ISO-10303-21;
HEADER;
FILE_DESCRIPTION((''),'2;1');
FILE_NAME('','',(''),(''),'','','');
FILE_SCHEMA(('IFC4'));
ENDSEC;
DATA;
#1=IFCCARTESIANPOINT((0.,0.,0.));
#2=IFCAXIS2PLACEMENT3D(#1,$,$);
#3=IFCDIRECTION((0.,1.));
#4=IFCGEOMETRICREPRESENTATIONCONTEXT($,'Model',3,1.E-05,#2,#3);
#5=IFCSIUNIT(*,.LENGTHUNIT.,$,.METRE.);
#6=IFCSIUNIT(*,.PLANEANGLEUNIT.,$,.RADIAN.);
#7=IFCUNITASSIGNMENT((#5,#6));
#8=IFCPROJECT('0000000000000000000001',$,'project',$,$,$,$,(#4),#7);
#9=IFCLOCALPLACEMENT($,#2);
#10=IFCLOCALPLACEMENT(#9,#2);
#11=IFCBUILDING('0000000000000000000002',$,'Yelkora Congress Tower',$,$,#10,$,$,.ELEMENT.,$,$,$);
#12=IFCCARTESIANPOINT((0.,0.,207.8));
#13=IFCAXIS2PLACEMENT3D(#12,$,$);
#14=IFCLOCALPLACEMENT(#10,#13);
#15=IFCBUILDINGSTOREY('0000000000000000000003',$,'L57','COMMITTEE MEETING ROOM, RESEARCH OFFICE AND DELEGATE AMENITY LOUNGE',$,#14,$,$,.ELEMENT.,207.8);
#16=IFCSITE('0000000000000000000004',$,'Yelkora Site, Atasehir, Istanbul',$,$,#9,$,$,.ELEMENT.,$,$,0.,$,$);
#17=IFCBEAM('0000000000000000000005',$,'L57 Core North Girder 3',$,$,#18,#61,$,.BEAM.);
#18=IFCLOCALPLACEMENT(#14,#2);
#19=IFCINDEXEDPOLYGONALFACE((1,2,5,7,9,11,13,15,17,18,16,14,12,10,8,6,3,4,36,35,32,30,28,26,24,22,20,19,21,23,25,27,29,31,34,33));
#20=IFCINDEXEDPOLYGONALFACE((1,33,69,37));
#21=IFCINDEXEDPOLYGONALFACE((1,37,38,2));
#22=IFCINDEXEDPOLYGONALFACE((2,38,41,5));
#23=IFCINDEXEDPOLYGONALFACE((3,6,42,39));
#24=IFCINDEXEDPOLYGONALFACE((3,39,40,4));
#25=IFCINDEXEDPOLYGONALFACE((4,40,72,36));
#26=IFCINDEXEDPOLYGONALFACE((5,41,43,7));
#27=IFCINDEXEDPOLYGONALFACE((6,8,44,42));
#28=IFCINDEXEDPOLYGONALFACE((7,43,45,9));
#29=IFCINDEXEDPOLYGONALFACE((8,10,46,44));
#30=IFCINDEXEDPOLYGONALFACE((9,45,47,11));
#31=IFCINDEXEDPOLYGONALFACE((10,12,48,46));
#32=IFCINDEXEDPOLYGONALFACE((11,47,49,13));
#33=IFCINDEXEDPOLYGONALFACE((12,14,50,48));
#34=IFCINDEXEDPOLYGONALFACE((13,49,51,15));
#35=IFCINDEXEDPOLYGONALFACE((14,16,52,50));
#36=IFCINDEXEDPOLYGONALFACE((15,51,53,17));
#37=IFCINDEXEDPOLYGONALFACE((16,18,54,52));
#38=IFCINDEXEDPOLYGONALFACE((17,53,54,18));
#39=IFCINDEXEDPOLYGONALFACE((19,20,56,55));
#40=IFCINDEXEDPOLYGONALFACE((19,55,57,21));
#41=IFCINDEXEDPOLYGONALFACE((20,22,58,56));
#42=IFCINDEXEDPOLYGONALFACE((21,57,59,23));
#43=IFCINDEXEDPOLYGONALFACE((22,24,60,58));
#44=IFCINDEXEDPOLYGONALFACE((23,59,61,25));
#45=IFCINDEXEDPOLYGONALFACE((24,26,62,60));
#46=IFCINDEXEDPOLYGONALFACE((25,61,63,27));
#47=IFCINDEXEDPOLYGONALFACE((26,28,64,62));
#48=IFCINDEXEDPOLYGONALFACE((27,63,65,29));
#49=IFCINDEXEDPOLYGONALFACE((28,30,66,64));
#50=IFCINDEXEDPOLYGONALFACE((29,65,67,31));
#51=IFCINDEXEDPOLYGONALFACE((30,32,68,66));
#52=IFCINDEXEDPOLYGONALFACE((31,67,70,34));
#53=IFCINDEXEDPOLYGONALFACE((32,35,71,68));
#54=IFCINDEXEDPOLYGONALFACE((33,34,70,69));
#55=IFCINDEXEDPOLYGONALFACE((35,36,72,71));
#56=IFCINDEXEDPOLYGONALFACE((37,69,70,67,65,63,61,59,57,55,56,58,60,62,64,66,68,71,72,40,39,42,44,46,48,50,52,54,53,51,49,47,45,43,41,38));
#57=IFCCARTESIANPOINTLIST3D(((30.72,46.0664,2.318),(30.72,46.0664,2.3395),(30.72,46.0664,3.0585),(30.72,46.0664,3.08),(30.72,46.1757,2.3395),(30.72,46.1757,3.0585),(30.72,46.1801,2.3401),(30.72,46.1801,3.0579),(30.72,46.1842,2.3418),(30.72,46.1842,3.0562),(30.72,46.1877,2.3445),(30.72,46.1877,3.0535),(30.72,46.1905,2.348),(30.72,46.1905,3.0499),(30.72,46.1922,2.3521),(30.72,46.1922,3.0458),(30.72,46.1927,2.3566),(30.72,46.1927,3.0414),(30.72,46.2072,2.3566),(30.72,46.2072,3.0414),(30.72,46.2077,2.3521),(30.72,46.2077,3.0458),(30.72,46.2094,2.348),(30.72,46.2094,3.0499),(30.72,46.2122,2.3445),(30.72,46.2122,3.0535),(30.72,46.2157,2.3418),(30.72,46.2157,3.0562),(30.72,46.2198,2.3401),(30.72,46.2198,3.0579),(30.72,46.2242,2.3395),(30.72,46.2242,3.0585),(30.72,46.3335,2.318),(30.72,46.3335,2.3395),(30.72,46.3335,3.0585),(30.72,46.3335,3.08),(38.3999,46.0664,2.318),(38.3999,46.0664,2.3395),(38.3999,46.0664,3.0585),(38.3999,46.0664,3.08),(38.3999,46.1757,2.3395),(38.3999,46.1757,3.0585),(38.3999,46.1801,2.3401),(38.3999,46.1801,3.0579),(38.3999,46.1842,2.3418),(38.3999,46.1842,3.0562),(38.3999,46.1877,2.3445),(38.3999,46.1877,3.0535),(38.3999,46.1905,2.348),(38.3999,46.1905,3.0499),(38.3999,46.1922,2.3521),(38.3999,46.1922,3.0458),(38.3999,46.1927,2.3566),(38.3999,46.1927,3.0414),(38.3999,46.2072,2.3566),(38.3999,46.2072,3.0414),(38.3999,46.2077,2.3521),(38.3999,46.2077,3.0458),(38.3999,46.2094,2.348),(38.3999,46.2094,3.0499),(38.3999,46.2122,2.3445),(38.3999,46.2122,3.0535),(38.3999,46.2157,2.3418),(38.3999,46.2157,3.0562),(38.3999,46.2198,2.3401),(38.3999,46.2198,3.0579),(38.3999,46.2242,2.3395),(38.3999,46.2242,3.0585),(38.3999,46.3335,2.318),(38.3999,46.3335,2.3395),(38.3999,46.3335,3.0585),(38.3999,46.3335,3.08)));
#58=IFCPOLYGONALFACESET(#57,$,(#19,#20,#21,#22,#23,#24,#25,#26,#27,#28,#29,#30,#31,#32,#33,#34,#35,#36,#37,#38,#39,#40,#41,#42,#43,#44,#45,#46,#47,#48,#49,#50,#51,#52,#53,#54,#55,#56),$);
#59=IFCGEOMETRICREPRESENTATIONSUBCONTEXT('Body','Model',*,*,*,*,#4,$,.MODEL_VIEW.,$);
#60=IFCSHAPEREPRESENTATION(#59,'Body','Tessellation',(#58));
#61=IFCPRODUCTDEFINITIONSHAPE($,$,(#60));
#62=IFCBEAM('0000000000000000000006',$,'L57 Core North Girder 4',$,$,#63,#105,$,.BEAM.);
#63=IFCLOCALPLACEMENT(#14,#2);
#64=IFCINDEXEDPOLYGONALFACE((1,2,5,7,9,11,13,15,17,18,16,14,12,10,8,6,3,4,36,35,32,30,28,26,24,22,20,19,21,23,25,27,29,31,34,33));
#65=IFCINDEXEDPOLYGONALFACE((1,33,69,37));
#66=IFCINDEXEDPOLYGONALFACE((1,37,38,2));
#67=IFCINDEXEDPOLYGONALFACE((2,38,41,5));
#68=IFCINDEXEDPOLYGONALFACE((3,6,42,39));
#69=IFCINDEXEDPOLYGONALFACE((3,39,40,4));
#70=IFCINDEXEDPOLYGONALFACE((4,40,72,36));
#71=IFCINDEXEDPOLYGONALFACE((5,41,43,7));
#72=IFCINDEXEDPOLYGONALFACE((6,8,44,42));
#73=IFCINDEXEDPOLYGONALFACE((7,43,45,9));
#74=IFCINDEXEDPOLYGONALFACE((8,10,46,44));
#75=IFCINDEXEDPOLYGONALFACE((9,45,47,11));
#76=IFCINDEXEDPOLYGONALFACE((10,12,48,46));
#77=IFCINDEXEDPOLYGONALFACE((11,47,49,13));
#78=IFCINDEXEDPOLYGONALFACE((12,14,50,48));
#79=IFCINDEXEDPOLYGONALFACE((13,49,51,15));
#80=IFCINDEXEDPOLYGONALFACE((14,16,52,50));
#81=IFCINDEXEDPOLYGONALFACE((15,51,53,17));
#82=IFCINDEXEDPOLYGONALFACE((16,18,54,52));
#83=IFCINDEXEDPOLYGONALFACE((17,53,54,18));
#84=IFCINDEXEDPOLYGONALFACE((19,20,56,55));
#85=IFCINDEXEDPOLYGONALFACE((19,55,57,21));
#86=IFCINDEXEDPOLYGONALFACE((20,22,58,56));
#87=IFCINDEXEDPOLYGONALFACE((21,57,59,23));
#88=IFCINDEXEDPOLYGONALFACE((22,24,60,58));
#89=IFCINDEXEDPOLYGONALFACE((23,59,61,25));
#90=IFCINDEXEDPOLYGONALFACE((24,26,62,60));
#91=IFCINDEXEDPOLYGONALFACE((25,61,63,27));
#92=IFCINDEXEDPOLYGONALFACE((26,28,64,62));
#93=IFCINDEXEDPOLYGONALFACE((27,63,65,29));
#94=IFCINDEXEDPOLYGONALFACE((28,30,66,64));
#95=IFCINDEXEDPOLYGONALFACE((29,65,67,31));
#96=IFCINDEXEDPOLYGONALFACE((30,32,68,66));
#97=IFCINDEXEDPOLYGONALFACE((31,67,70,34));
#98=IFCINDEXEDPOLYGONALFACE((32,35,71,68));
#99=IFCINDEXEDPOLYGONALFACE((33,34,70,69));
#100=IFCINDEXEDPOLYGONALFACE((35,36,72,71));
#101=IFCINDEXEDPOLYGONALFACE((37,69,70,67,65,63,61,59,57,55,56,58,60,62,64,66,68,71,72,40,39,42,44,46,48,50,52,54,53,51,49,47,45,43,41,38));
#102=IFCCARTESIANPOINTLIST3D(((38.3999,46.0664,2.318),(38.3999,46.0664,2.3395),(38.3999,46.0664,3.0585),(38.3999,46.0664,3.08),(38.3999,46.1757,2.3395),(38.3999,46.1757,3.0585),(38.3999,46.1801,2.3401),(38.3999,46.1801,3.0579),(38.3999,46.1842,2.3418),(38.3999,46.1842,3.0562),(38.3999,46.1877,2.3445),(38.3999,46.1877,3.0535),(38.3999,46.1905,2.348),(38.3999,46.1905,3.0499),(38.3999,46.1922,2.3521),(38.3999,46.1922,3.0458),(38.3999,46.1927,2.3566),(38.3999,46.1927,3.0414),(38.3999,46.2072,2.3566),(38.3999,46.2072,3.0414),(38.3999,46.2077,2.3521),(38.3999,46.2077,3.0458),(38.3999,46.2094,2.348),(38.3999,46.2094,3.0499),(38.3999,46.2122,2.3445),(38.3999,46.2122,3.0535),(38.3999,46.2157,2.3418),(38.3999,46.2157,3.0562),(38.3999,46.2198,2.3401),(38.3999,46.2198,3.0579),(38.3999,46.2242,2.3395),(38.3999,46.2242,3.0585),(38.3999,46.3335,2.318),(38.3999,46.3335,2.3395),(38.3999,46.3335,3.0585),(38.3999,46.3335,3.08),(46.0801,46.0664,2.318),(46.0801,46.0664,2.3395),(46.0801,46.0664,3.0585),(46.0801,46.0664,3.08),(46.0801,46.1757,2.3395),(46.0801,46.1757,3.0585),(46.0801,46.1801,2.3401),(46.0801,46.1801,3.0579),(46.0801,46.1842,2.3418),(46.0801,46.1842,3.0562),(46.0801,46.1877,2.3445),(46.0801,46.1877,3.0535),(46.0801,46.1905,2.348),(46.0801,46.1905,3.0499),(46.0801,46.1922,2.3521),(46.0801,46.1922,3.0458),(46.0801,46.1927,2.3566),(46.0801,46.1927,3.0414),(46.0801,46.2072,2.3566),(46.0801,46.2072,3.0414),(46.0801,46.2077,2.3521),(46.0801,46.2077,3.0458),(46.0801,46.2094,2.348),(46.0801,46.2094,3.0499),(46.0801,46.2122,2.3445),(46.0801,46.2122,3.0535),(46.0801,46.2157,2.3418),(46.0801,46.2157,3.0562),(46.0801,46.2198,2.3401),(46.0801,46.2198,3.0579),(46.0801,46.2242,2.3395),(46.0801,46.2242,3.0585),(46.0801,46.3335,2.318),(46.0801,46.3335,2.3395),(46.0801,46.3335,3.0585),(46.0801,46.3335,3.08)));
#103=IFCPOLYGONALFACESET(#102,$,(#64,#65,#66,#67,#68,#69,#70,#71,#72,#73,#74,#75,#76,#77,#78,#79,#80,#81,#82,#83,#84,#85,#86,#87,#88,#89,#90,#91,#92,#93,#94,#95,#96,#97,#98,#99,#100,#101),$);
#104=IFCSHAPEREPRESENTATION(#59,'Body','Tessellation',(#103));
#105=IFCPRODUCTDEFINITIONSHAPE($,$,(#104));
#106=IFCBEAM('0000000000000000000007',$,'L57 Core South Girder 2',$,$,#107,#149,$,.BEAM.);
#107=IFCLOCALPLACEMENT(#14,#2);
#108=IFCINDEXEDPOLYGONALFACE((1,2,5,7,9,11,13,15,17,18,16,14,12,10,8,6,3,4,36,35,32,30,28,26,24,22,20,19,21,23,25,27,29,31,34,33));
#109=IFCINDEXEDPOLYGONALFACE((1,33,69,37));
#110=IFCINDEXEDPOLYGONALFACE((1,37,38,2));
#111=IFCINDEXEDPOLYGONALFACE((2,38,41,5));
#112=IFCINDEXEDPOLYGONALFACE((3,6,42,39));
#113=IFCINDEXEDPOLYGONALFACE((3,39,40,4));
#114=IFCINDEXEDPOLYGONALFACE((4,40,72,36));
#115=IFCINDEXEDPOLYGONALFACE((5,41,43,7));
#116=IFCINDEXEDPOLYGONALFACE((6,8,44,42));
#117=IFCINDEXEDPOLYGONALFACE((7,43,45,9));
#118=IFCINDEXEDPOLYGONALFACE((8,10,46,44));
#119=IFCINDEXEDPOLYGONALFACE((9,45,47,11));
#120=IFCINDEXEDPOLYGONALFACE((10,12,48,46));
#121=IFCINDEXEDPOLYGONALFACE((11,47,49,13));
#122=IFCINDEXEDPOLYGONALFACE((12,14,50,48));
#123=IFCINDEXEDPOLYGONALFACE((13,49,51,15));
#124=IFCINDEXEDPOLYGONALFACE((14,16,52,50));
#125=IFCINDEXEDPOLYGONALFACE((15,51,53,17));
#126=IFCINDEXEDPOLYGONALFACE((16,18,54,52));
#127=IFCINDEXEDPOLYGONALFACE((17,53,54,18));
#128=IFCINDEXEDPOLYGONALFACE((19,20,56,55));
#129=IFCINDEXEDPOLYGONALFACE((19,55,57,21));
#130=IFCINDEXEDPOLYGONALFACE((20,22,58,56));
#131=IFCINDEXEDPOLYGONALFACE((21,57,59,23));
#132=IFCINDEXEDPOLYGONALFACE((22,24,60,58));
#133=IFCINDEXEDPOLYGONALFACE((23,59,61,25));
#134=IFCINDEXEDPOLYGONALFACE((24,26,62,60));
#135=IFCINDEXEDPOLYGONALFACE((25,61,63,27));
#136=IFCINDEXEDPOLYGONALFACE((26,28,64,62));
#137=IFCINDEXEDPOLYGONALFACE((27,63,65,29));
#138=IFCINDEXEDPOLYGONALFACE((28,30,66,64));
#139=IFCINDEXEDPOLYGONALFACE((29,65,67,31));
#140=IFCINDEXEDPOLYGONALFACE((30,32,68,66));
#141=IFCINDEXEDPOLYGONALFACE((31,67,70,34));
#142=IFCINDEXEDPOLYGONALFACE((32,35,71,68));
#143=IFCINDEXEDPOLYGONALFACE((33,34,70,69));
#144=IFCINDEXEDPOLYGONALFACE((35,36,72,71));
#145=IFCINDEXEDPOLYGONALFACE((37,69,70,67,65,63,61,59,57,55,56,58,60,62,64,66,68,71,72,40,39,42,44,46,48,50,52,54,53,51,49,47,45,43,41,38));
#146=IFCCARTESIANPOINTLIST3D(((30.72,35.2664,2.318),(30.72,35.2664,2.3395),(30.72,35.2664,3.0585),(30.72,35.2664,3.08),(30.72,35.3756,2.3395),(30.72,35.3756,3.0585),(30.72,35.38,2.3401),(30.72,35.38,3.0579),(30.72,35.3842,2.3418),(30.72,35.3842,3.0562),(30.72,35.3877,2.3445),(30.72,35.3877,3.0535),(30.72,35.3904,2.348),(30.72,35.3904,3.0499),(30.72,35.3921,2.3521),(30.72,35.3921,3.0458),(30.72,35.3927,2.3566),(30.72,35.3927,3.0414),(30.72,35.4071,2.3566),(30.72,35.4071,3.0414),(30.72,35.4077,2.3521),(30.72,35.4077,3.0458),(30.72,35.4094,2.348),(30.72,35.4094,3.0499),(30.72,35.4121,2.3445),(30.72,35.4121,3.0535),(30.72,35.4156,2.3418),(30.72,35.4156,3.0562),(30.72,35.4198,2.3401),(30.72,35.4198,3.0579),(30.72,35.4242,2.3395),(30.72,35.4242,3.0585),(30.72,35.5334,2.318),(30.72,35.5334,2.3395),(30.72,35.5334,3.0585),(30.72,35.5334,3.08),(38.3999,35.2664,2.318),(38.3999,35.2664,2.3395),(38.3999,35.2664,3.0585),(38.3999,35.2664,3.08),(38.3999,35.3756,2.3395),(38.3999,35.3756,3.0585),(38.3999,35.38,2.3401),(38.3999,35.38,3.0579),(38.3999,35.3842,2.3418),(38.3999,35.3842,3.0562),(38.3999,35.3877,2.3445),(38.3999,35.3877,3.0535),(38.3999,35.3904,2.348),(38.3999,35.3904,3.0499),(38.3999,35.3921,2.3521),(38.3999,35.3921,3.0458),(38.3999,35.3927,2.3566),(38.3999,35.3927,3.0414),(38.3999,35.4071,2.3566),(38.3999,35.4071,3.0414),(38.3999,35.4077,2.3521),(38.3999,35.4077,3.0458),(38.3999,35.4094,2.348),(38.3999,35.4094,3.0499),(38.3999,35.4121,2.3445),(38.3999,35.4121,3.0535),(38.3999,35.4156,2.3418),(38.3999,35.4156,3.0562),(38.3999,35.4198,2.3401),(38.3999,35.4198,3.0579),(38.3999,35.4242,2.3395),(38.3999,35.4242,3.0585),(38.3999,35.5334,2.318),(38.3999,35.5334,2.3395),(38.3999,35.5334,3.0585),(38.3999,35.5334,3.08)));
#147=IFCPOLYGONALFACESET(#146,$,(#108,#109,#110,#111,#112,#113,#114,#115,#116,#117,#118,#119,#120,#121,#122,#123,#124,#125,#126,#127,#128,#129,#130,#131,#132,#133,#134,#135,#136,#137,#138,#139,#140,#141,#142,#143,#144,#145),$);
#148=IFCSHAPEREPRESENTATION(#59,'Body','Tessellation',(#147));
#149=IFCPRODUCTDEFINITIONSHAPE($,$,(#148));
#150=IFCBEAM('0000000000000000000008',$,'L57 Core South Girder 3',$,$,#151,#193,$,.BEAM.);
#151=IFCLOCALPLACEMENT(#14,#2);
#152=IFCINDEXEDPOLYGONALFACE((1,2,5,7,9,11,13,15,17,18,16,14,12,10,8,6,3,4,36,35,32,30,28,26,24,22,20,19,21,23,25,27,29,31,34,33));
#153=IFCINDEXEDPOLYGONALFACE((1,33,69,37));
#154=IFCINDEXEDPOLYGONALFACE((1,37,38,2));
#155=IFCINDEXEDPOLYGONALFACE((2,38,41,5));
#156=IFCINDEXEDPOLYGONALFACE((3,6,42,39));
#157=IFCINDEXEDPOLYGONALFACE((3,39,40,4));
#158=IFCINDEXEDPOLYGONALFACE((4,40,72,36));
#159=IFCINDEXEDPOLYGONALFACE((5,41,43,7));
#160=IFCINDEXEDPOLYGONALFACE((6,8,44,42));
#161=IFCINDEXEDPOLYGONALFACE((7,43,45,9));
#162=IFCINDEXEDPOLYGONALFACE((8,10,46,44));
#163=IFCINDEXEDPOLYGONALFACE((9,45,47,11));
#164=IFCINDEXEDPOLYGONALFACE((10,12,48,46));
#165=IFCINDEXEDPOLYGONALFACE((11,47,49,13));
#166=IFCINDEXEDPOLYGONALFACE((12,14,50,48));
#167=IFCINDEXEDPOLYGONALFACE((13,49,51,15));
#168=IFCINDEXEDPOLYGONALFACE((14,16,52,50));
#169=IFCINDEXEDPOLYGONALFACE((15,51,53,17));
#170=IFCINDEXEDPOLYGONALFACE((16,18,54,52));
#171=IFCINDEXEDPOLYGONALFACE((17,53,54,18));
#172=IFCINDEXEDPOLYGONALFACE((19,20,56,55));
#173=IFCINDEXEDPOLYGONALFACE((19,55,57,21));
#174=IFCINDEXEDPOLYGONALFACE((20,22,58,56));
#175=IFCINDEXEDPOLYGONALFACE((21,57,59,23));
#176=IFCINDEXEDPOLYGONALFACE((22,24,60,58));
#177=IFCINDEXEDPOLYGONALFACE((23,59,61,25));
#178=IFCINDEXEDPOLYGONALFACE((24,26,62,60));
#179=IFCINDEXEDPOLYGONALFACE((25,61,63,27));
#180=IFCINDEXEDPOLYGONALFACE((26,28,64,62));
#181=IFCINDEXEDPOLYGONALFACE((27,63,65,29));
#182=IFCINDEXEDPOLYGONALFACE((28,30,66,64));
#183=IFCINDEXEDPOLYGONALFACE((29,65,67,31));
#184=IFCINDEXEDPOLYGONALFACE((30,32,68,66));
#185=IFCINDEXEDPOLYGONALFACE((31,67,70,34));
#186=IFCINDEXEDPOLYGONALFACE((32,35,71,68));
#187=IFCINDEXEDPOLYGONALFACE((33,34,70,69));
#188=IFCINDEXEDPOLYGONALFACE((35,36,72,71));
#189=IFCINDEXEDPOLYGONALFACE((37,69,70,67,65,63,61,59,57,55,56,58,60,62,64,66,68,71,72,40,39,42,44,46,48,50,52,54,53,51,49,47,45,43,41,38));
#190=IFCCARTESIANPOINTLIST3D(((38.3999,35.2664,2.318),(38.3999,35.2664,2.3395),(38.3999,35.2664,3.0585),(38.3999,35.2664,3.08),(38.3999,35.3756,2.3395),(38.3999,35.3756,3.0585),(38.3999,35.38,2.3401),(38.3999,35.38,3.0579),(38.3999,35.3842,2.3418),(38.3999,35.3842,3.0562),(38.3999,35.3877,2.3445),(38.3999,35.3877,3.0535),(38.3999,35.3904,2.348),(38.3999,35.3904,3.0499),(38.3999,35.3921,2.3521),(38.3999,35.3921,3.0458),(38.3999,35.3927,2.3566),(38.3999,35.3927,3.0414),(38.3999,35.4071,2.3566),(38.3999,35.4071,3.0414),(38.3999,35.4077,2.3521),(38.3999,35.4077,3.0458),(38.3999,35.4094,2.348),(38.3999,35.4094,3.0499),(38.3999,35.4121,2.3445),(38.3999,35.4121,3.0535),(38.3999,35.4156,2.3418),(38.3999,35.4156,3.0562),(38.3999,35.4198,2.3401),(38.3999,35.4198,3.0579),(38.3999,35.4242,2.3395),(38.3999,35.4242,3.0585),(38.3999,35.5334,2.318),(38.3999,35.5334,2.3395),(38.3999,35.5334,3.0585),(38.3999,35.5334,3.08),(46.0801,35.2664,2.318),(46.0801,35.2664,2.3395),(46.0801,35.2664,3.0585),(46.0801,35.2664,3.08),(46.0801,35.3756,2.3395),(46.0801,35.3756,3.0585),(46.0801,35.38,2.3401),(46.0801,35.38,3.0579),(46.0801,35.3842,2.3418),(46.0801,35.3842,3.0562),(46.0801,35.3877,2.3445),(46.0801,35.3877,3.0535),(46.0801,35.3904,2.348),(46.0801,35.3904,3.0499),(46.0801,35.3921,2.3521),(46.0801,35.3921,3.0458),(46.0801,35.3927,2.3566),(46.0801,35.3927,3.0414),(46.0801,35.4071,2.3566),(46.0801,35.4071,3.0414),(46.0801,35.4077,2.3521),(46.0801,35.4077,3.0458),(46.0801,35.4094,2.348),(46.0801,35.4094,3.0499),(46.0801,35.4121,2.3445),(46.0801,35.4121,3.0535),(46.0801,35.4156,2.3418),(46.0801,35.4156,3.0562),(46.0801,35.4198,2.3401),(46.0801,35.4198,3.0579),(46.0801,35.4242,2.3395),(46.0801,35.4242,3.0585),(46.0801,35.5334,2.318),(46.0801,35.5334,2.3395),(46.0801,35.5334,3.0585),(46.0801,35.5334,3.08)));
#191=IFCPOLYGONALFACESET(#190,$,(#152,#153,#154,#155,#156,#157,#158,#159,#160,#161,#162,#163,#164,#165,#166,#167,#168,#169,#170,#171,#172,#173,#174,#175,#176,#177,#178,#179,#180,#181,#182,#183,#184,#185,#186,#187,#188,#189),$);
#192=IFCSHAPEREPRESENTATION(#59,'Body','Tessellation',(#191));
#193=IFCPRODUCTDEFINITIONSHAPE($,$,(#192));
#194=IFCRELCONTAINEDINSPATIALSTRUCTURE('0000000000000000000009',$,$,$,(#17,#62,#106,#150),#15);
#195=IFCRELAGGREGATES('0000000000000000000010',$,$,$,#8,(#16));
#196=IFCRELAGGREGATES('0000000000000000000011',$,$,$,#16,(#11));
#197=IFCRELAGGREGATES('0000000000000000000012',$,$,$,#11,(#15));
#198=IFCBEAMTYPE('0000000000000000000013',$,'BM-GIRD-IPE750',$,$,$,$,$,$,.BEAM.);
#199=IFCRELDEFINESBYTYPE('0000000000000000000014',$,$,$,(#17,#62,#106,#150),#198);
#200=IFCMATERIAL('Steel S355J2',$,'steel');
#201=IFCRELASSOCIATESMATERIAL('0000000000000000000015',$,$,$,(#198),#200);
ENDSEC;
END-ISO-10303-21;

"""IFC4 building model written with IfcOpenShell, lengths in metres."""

from ifc_helpers import new_model, si_unit, direction, frame, origin, origin_2d, place, context, subcontext, project, spatial, i_section, extrude, material, material_profile, profile_set, type_object, element, save


model = new_model("IFC4")

# Units and contexts
model_context = context("Model", 3, precision=1e-05, world=origin(), true_north=direction((0.0, 1.0)))
body_context = subcontext(model_context, "Body", "Model", "MODEL_VIEW")
ifc_project = project(units=[si_unit("LENGTHUNIT", "METRE"), si_unit("PLANEANGLEUNIT", "RADIAN")], contexts=[model_context])

# Site, building, storey
site_placement = place(None, origin())
site = spatial("IfcSite", under=ifc_project, at=site_placement, Name="Yelkora Site, Atasehir, Istanbul", CompositionType="ELEMENT", RefElevation=0.0)
building_placement = place(site_placement, origin())
building = spatial("IfcBuilding", under=site, at=building_placement, Name="Yelkora Congress Tower", CompositionType="ELEMENT")
storey_placement = place(building_placement, frame((0.0, 0.0, 207.8)))
storey = spatial("IfcBuildingStorey", under=building, at=storey_placement, Name="L57", Description="COMMITTEE MEETING ROOM, RESEARCH OFFICE AND DELEGATE AMENITY LOUNGE", CompositionType="ELEMENT", Elevation=207.8)

# Beams
ifc_material_1 = material(Name="Steel S355J2", Category="steel")
ifc_material_profile_1 = material_profile(ifc_material_1, i_section(OverallWidth=0.2671, OverallDepth=0.762, WebThickness=0.0144, FlangeThickness=0.0215, FilletRadius=0.0171, at=origin_2d()), Name="IPE 750x173")
ifc_profile_set_1 = profile_set([ifc_material_profile_1], Name="Steel S355J2")
beam_type = type_object("IfcBeamType", Name="BM-GIRD-IPE750", PredefinedType="BEAM", material=ifc_profile_set_1)
beam_1_placement = place(storey_placement, frame((30.72, 46.2, 2.699), z_axis=(1.0, 0.0, 0.0), x_axis=(0.0, 1.0, 0.0)))
element("IfcBeam", 1, at=beam_1_placement, inside=storey, type_object=beam_type, Name="L57 Core North Girder 3", PredefinedType="BEAM", context=body_context, shape_type="SweptSolid", body=[
    extrude(i_section(OverallWidth=0.2671, OverallDepth=0.762, WebThickness=0.0144, FlangeThickness=0.0215, FilletRadius=0.0171, at=origin_2d()), origin(), (0.0, 0.0, 1.0), 7.6799),
])
beam_2_placement = place(storey_placement, frame((38.3999, 46.2, 2.699), z_axis=(1.0, 0.0, 0.0), x_axis=(0.0, 1.0, 0.0)))
element("IfcBeam", 2, at=beam_2_placement, inside=storey, type_object=beam_type, Name="L57 Core North Girder 4", PredefinedType="BEAM", context=body_context, shape_type="SweptSolid", body=[
    extrude(i_section(OverallWidth=0.2671, OverallDepth=0.762, WebThickness=0.0144, FlangeThickness=0.0215, FilletRadius=0.0171, at=origin_2d()), origin(), (0.0, 0.0, 1.0), 7.6802),
])
beam_3_placement = place(storey_placement, frame((30.72, 35.3999, 2.699), z_axis=(1.0, 0.0, 0.0), x_axis=(0.0, 1.0, 0.0)))
element("IfcBeam", 3, at=beam_3_placement, inside=storey, type_object=beam_type, Name="L57 Core South Girder 2", PredefinedType="BEAM", context=body_context, shape_type="SweptSolid", body=[
    extrude(i_section(OverallWidth=0.2671, OverallDepth=0.762, WebThickness=0.0144, FlangeThickness=0.0215, FilletRadius=0.0171, at=origin_2d()), origin(), (0.0, 0.0, 1.0), 7.6799),
])
beam_4_placement = place(storey_placement, frame((38.3999, 35.3999, 2.699), z_axis=(1.0, 0.0, 0.0), x_axis=(0.0, 1.0, 0.0)))
element("IfcBeam", 4, at=beam_4_placement, inside=storey, type_object=beam_type, Name="L57 Core South Girder 3", PredefinedType="BEAM", context=body_context, shape_type="SweptSolid", body=[
    extrude(i_section(OverallWidth=0.2671, OverallDepth=0.762, WebThickness=0.0144, FlangeThickness=0.0215, FilletRadius=0.0171, at=origin_2d()), origin(), (0.0, 0.0, 1.0), 7.6802),
])

save(model, "model.ifc")
